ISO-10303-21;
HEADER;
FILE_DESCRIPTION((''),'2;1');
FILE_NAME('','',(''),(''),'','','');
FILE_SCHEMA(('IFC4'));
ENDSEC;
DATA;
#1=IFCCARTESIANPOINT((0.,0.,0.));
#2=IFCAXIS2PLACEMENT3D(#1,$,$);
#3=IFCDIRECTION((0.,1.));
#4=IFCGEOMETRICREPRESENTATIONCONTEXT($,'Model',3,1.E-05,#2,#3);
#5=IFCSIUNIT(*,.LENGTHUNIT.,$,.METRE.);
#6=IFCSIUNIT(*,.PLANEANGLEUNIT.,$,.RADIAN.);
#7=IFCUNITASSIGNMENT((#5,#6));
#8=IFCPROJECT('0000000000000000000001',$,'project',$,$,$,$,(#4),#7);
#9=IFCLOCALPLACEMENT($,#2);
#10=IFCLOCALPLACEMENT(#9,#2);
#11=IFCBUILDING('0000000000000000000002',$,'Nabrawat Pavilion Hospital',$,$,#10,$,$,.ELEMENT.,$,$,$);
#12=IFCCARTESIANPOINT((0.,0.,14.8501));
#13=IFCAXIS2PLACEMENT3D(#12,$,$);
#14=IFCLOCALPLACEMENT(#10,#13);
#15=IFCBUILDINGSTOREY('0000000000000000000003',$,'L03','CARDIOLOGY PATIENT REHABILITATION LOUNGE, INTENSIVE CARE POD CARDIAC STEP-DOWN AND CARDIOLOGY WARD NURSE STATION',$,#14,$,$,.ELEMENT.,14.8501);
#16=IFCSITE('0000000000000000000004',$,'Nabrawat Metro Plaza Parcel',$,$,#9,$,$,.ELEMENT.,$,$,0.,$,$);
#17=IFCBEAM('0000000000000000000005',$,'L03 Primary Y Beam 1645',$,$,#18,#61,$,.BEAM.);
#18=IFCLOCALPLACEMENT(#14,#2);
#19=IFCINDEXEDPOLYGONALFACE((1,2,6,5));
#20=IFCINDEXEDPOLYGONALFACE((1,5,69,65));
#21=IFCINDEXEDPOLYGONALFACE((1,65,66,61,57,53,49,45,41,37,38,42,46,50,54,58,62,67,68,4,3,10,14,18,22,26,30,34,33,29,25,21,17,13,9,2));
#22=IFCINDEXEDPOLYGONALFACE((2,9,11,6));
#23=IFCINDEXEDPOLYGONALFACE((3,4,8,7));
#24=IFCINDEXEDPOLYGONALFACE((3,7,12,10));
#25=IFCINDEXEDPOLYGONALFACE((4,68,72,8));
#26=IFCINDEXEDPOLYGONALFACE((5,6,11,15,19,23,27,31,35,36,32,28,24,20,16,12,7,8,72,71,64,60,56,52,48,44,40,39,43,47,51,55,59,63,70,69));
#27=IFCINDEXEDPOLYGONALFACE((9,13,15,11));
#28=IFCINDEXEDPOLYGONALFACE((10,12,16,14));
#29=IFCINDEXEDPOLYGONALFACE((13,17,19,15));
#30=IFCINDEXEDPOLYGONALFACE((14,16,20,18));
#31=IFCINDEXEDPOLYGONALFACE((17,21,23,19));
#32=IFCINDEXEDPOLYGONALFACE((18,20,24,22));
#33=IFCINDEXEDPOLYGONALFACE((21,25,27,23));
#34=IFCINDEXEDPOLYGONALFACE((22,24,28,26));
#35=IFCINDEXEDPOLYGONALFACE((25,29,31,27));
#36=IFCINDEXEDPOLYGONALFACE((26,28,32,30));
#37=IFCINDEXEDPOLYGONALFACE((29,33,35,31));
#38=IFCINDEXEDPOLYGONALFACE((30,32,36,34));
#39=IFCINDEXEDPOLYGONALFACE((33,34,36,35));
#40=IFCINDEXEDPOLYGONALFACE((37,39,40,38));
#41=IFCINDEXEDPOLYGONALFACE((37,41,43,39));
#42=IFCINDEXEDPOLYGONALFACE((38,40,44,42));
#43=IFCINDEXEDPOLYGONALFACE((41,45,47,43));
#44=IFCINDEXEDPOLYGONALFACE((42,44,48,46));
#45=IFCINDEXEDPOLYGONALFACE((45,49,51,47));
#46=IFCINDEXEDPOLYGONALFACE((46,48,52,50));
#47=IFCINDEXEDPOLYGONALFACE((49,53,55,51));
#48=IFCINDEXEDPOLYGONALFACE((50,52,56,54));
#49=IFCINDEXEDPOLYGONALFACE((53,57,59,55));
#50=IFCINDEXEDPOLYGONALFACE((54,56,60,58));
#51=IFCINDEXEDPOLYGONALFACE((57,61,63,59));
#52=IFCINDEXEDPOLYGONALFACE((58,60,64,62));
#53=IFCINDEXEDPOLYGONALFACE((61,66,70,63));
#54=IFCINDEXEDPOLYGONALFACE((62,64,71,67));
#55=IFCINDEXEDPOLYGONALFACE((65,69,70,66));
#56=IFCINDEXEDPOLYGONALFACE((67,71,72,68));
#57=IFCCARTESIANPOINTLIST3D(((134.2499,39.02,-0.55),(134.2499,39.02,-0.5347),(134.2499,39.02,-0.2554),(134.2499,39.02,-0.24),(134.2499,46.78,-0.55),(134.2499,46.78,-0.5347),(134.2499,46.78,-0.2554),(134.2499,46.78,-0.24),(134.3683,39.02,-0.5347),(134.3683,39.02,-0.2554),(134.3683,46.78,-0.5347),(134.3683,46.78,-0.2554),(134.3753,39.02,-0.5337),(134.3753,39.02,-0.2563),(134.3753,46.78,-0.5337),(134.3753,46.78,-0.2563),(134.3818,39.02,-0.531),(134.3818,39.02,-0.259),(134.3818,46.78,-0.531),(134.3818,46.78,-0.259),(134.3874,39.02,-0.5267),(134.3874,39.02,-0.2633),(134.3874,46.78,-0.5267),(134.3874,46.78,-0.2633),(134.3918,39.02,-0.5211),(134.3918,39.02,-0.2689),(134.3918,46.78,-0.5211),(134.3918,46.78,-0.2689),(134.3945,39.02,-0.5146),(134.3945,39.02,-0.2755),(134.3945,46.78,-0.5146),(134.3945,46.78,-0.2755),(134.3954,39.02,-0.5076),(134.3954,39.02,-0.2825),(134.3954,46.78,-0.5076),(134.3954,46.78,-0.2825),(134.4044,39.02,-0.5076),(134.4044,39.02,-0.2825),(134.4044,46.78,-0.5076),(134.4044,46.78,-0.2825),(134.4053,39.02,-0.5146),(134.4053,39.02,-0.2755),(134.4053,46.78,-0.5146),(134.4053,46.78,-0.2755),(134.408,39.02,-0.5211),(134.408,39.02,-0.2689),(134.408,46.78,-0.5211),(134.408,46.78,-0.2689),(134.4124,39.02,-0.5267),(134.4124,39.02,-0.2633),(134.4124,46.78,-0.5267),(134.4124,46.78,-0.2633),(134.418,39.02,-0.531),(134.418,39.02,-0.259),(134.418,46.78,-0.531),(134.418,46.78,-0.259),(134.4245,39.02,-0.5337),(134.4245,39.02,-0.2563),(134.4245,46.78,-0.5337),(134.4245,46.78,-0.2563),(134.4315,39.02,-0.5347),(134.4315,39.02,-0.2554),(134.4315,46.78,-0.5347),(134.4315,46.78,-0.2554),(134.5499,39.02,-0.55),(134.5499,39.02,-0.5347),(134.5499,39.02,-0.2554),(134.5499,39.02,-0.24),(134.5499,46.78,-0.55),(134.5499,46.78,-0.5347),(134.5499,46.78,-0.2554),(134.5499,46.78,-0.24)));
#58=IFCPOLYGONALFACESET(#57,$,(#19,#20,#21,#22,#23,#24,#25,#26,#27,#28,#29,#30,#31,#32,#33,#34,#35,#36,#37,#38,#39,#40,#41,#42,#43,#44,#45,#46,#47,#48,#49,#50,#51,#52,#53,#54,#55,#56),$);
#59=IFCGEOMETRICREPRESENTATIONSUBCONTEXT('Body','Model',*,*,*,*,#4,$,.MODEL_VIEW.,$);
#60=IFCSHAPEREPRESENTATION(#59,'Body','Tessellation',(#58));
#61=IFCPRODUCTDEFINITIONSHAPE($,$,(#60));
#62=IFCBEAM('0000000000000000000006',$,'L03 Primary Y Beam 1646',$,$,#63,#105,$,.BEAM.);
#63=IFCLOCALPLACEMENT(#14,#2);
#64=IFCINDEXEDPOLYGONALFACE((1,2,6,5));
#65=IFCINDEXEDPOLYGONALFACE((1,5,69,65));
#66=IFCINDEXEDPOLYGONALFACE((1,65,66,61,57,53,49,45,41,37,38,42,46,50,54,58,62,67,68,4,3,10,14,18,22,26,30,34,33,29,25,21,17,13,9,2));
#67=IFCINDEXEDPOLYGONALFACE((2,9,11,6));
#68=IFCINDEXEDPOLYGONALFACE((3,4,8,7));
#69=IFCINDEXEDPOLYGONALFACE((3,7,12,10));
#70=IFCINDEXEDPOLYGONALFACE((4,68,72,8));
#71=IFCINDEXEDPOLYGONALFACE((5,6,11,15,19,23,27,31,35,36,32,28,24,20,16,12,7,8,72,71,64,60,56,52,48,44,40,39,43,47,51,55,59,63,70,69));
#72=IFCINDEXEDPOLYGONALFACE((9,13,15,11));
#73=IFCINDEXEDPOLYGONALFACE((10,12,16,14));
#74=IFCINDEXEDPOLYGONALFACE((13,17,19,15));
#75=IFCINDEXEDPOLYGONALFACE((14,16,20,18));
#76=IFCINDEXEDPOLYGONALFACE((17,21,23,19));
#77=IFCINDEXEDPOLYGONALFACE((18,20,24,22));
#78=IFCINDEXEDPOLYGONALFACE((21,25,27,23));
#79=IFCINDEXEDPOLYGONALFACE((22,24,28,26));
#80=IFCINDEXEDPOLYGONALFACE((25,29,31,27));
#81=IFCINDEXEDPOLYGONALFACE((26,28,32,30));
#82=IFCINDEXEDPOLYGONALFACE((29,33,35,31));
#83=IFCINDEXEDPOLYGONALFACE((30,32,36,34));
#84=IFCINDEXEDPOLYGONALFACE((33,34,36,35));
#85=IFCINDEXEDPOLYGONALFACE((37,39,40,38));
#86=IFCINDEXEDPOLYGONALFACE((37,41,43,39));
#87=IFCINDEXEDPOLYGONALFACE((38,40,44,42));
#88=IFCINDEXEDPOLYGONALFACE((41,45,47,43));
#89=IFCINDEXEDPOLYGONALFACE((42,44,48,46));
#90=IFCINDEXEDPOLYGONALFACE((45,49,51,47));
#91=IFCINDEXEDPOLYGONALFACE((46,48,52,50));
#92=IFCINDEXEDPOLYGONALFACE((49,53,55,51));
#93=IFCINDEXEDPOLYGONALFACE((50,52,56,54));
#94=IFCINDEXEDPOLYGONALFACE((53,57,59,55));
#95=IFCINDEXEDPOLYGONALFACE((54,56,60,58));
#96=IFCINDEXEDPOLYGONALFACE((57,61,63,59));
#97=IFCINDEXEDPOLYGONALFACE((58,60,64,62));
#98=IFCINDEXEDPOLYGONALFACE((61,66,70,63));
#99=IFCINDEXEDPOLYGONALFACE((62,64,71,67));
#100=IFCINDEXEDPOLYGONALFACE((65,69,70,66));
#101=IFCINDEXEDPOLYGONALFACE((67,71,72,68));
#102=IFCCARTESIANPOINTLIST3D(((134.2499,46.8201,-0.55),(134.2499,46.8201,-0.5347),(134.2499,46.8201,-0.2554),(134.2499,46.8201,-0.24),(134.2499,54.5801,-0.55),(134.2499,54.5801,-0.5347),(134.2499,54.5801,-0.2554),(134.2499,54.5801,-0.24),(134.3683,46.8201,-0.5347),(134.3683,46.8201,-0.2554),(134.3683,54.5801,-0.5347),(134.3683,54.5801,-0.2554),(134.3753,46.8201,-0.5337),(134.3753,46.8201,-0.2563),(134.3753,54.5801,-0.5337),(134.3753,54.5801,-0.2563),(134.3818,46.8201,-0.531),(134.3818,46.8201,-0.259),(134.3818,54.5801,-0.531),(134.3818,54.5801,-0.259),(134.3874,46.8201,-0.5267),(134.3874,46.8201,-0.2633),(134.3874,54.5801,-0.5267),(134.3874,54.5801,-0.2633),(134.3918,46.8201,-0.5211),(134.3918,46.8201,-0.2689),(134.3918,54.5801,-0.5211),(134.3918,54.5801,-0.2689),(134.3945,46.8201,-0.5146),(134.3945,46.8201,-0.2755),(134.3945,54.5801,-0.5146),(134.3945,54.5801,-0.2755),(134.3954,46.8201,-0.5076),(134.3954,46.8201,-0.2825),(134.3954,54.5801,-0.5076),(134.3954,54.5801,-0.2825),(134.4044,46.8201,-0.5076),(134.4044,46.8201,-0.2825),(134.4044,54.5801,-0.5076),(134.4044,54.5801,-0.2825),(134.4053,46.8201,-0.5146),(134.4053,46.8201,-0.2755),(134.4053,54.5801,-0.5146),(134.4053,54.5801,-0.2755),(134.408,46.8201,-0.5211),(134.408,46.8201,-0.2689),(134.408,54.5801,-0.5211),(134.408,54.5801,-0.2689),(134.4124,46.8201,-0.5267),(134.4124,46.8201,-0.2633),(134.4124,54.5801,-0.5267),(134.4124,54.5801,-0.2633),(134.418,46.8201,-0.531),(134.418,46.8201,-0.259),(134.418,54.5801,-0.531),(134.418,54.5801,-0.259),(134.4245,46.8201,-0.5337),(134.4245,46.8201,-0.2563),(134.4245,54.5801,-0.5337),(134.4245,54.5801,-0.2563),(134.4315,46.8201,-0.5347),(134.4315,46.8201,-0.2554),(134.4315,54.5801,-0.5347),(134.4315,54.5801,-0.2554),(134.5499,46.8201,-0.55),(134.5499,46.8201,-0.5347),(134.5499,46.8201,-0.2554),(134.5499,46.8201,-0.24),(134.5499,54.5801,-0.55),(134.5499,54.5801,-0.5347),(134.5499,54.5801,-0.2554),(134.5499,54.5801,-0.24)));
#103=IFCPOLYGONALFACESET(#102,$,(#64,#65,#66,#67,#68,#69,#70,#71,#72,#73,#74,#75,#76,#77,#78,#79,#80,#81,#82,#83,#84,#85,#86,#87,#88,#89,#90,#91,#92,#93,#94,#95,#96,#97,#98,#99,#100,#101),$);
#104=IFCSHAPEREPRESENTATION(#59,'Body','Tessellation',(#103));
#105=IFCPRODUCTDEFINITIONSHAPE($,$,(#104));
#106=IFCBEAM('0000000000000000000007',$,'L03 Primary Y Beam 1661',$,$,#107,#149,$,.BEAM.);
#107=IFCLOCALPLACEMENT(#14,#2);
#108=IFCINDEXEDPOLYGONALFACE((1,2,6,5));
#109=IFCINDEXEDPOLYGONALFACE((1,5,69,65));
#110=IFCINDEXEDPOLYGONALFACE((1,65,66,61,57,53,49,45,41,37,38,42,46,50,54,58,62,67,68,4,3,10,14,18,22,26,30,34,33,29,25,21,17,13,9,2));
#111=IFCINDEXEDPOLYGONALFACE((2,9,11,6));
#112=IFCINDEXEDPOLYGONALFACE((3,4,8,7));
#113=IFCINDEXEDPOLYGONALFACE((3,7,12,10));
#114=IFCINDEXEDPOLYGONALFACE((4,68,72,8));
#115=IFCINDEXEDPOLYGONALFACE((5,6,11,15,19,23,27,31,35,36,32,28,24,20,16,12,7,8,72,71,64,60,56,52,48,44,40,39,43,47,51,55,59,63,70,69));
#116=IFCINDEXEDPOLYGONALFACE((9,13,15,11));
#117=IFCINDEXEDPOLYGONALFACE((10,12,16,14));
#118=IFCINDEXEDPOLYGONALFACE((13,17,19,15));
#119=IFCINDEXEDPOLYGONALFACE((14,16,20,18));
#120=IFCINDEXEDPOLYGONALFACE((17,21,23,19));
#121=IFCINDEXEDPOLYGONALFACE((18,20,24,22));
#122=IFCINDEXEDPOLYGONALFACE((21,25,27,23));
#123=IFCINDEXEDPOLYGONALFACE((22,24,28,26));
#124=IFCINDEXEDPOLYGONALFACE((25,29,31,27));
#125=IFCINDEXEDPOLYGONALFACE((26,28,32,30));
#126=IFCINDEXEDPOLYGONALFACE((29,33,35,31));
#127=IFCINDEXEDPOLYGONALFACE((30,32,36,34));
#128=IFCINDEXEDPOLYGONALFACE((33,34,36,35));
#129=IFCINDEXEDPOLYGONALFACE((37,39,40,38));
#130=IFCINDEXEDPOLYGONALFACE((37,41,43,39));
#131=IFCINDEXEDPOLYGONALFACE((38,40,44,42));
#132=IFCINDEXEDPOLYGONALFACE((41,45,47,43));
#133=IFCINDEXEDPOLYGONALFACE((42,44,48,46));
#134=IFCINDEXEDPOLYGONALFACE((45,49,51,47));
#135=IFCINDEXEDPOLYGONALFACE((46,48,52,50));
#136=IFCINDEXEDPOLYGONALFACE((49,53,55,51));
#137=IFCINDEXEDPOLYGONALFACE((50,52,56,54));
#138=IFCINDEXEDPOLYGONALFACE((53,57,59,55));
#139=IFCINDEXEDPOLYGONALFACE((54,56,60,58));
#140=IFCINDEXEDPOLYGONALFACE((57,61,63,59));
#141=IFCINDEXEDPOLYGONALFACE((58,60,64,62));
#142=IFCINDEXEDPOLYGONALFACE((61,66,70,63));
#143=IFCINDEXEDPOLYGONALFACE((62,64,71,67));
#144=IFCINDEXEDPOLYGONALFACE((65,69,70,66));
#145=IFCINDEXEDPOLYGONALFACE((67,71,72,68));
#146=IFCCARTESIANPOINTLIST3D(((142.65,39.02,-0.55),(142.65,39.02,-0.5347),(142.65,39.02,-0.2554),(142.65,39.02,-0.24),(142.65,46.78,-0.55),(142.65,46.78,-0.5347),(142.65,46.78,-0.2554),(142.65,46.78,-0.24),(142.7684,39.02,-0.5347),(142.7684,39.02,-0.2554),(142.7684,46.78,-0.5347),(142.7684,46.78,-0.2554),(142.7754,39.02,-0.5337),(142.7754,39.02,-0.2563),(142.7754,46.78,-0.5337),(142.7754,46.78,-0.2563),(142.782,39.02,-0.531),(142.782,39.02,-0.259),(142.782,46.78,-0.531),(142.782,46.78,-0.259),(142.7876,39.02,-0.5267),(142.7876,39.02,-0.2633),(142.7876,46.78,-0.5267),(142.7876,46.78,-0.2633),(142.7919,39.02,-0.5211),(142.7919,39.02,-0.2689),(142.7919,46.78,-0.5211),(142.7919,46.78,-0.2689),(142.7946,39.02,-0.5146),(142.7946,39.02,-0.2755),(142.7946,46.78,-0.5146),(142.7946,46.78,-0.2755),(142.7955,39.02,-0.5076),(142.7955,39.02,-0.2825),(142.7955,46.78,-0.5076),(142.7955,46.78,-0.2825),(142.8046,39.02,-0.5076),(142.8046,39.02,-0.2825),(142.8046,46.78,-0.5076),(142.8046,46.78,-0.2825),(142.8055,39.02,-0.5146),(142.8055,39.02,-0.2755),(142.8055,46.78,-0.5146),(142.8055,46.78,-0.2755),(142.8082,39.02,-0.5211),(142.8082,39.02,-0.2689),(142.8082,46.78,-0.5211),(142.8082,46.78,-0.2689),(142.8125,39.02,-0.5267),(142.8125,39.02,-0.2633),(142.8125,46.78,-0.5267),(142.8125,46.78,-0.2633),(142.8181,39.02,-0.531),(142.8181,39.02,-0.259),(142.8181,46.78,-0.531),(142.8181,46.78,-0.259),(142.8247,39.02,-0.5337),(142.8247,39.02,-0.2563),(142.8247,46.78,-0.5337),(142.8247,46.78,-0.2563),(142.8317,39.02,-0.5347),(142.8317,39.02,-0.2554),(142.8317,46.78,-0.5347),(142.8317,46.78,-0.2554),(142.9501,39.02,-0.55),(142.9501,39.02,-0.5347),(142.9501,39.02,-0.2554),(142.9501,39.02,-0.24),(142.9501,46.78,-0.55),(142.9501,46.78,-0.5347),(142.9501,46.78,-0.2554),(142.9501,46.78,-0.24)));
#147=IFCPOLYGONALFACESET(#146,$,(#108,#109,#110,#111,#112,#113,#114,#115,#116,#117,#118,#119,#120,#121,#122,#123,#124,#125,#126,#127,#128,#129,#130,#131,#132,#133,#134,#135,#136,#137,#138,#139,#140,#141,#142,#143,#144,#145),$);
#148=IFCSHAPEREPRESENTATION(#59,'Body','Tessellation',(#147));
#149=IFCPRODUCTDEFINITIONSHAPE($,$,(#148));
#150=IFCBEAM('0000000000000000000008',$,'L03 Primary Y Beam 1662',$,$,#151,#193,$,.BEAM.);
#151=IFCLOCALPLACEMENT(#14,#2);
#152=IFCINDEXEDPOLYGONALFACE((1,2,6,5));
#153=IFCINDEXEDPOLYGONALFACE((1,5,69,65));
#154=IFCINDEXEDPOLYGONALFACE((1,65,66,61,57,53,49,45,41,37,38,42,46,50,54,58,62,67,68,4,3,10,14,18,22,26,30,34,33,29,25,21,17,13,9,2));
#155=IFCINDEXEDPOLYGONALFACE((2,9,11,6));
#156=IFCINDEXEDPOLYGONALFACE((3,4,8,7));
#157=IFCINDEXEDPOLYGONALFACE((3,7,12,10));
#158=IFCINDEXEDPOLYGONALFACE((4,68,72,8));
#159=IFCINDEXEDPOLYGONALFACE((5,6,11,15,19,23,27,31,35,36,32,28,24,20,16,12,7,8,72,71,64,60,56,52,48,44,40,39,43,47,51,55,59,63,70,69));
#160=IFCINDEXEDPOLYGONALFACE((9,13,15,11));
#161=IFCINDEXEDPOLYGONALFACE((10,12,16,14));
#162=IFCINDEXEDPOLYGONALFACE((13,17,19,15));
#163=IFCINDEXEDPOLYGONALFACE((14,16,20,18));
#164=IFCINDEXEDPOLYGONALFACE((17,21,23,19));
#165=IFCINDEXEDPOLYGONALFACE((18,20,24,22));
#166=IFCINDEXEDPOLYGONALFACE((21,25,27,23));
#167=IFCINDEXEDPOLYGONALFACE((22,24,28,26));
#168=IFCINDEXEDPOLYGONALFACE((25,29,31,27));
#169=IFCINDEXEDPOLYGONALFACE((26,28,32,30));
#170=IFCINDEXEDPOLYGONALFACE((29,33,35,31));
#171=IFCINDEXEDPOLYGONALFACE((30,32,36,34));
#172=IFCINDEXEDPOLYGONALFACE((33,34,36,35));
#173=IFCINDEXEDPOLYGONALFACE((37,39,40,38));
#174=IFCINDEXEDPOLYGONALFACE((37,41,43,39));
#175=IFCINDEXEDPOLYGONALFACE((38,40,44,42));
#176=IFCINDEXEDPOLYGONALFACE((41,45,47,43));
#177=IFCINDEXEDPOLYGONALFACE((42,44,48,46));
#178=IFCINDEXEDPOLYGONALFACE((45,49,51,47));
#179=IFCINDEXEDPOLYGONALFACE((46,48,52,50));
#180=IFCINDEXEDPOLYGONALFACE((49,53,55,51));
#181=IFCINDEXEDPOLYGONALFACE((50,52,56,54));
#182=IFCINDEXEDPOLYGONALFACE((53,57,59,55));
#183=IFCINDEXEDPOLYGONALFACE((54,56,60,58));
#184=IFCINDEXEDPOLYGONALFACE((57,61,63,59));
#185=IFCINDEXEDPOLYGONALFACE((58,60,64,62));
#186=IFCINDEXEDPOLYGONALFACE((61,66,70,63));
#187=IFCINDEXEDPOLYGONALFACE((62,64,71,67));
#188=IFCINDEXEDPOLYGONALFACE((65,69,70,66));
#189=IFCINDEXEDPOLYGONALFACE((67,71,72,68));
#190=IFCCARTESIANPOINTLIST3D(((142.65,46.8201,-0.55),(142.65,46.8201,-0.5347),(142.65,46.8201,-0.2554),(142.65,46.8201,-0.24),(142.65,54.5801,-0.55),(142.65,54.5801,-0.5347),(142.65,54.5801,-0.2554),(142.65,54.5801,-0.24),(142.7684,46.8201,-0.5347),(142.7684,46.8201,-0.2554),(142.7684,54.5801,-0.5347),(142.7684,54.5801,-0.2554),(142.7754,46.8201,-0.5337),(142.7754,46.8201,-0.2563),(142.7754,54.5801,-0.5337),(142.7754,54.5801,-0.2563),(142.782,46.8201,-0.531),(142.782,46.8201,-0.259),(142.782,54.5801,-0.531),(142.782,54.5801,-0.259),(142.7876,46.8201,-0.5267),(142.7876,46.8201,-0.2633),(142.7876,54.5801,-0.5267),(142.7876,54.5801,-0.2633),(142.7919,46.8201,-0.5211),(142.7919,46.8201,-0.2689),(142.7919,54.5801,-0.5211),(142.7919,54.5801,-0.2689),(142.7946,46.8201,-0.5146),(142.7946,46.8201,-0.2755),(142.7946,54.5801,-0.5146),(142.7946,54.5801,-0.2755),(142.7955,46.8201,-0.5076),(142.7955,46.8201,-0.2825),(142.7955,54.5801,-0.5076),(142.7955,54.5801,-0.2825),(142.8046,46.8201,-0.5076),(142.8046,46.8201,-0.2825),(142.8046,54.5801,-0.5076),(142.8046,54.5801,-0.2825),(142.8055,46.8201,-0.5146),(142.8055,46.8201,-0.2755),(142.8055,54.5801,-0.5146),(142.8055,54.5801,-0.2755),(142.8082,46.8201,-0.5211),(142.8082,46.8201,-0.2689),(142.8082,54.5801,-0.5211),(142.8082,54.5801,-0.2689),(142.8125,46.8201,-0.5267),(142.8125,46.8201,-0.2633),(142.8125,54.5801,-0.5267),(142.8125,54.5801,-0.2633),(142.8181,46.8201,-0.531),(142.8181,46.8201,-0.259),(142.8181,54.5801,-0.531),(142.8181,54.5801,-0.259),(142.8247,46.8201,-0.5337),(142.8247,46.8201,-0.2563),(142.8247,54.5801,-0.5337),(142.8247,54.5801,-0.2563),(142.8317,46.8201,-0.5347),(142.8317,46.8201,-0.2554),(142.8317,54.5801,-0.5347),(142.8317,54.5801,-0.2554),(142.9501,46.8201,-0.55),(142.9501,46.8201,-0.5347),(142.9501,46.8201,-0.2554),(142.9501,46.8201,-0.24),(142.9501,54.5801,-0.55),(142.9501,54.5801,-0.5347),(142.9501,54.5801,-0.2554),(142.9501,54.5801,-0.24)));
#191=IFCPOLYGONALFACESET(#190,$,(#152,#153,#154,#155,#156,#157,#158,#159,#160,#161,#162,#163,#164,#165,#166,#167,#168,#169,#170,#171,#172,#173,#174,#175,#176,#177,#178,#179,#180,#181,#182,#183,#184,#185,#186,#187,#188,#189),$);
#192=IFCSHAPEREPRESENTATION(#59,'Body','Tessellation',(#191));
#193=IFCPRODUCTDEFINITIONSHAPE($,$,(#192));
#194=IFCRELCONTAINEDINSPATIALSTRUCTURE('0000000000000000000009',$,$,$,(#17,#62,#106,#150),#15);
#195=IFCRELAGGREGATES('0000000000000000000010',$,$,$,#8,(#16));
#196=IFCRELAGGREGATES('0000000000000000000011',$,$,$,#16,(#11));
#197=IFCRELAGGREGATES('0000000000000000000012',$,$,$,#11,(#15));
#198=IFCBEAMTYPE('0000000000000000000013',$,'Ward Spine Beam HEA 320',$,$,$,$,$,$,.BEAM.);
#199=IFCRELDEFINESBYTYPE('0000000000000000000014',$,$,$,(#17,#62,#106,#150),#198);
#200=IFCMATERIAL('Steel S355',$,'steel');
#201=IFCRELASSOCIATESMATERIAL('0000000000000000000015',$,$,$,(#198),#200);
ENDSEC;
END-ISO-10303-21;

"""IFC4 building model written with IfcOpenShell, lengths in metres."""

from ifc_helpers import new_model, si_unit, direction, frame, origin, origin_2d, place, context, subcontext, project, spatial, i_section, extrude, material, material_profile, profile_set, type_object, element, save


model = new_model("IFC4")

# Units and contexts
model_context = context("Model", 3, precision=1e-05, world=origin(), true_north=direction((0.0, 1.0)))
body_context = subcontext(model_context, "Body", "Model", "MODEL_VIEW")
ifc_project = project(units=[si_unit("LENGTHUNIT", "METRE"), si_unit("PLANEANGLEUNIT", "RADIAN")], contexts=[model_context])

# Site, building, storey
site_placement = place(None, origin())
site = spatial("IfcSite", under=ifc_project, at=site_placement, Name="Nabrawat Metro Plaza Parcel", CompositionType="ELEMENT", RefElevation=0.0)
building_placement = place(site_placement, origin())
building = spatial("IfcBuilding", under=site, at=building_placement, Name="Nabrawat Pavilion Hospital", CompositionType="ELEMENT")
storey_placement = place(building_placement, frame((0.0, 0.0, 14.8501)))
storey = spatial("IfcBuildingStorey", under=building, at=storey_placement, Name="L03", Description="CARDIOLOGY PATIENT REHABILITATION LOUNGE, INTENSIVE CARE POD CARDIAC STEP-DOWN AND CARDIOLOGY WARD NURSE STATION", CompositionType="ELEMENT", Elevation=14.8501)

# Shared definitions
ifc_material_1 = material(Name="Steel S355", Category="steel")

# Beams
ifc_material_profile_1 = material_profile(ifc_material_1, i_section(OverallWidth=0.3, OverallDepth=0.3101, WebThickness=0.009, FlangeThickness=0.0154, FilletRadius=0.0271, at=origin_2d()), Name="HEA 320")
ifc_profile_set_1 = profile_set([ifc_material_profile_1], Name="Steel S355")
beam_type_1 = type_object("IfcBeamType", Name="Ward Spine Beam HEA 320", PredefinedType="BEAM", material=ifc_profile_set_1)
for number, where, z_axis, x_axis, name in (
    (1, (134.3999, 39.02, -0.395), (0.0, 1.0, 0.0), (-1.0, 0.0, 0.0), "L03 Primary Y Beam 1645"),
    (2, (134.3999, 46.8201, -0.395), (0.0, 1.0, 0.0), (-1.0, 0.0, 0.0), "L03 Primary Y Beam 1646"),
    (3, (142.8, 39.02, -0.395), (0.0, 1.0, 0.0), (-1.0, 0.0, 0.0), "L03 Primary Y Beam 1661"),
    (4, (142.8, 46.8201, -0.395), (0.0, 1.0, 0.0), (-1.0, 0.0, 0.0), "L03 Primary Y Beam 1662"),
):
    element("IfcBeam", number, at=place(storey_placement, frame(where, z_axis=z_axis, x_axis=x_axis)), inside=storey, type_object=beam_type_1, Name=name, PredefinedType="BEAM", context=body_context, shape_type="SweptSolid", body=[
        extrude(i_section(OverallWidth=0.3, OverallDepth=0.3101, WebThickness=0.009, FlangeThickness=0.0154, FilletRadius=0.0271, at=origin_2d()), origin(), (0.0, 0.0, 1.0), 7.76),
    ])

save(model, "model.ifc")
